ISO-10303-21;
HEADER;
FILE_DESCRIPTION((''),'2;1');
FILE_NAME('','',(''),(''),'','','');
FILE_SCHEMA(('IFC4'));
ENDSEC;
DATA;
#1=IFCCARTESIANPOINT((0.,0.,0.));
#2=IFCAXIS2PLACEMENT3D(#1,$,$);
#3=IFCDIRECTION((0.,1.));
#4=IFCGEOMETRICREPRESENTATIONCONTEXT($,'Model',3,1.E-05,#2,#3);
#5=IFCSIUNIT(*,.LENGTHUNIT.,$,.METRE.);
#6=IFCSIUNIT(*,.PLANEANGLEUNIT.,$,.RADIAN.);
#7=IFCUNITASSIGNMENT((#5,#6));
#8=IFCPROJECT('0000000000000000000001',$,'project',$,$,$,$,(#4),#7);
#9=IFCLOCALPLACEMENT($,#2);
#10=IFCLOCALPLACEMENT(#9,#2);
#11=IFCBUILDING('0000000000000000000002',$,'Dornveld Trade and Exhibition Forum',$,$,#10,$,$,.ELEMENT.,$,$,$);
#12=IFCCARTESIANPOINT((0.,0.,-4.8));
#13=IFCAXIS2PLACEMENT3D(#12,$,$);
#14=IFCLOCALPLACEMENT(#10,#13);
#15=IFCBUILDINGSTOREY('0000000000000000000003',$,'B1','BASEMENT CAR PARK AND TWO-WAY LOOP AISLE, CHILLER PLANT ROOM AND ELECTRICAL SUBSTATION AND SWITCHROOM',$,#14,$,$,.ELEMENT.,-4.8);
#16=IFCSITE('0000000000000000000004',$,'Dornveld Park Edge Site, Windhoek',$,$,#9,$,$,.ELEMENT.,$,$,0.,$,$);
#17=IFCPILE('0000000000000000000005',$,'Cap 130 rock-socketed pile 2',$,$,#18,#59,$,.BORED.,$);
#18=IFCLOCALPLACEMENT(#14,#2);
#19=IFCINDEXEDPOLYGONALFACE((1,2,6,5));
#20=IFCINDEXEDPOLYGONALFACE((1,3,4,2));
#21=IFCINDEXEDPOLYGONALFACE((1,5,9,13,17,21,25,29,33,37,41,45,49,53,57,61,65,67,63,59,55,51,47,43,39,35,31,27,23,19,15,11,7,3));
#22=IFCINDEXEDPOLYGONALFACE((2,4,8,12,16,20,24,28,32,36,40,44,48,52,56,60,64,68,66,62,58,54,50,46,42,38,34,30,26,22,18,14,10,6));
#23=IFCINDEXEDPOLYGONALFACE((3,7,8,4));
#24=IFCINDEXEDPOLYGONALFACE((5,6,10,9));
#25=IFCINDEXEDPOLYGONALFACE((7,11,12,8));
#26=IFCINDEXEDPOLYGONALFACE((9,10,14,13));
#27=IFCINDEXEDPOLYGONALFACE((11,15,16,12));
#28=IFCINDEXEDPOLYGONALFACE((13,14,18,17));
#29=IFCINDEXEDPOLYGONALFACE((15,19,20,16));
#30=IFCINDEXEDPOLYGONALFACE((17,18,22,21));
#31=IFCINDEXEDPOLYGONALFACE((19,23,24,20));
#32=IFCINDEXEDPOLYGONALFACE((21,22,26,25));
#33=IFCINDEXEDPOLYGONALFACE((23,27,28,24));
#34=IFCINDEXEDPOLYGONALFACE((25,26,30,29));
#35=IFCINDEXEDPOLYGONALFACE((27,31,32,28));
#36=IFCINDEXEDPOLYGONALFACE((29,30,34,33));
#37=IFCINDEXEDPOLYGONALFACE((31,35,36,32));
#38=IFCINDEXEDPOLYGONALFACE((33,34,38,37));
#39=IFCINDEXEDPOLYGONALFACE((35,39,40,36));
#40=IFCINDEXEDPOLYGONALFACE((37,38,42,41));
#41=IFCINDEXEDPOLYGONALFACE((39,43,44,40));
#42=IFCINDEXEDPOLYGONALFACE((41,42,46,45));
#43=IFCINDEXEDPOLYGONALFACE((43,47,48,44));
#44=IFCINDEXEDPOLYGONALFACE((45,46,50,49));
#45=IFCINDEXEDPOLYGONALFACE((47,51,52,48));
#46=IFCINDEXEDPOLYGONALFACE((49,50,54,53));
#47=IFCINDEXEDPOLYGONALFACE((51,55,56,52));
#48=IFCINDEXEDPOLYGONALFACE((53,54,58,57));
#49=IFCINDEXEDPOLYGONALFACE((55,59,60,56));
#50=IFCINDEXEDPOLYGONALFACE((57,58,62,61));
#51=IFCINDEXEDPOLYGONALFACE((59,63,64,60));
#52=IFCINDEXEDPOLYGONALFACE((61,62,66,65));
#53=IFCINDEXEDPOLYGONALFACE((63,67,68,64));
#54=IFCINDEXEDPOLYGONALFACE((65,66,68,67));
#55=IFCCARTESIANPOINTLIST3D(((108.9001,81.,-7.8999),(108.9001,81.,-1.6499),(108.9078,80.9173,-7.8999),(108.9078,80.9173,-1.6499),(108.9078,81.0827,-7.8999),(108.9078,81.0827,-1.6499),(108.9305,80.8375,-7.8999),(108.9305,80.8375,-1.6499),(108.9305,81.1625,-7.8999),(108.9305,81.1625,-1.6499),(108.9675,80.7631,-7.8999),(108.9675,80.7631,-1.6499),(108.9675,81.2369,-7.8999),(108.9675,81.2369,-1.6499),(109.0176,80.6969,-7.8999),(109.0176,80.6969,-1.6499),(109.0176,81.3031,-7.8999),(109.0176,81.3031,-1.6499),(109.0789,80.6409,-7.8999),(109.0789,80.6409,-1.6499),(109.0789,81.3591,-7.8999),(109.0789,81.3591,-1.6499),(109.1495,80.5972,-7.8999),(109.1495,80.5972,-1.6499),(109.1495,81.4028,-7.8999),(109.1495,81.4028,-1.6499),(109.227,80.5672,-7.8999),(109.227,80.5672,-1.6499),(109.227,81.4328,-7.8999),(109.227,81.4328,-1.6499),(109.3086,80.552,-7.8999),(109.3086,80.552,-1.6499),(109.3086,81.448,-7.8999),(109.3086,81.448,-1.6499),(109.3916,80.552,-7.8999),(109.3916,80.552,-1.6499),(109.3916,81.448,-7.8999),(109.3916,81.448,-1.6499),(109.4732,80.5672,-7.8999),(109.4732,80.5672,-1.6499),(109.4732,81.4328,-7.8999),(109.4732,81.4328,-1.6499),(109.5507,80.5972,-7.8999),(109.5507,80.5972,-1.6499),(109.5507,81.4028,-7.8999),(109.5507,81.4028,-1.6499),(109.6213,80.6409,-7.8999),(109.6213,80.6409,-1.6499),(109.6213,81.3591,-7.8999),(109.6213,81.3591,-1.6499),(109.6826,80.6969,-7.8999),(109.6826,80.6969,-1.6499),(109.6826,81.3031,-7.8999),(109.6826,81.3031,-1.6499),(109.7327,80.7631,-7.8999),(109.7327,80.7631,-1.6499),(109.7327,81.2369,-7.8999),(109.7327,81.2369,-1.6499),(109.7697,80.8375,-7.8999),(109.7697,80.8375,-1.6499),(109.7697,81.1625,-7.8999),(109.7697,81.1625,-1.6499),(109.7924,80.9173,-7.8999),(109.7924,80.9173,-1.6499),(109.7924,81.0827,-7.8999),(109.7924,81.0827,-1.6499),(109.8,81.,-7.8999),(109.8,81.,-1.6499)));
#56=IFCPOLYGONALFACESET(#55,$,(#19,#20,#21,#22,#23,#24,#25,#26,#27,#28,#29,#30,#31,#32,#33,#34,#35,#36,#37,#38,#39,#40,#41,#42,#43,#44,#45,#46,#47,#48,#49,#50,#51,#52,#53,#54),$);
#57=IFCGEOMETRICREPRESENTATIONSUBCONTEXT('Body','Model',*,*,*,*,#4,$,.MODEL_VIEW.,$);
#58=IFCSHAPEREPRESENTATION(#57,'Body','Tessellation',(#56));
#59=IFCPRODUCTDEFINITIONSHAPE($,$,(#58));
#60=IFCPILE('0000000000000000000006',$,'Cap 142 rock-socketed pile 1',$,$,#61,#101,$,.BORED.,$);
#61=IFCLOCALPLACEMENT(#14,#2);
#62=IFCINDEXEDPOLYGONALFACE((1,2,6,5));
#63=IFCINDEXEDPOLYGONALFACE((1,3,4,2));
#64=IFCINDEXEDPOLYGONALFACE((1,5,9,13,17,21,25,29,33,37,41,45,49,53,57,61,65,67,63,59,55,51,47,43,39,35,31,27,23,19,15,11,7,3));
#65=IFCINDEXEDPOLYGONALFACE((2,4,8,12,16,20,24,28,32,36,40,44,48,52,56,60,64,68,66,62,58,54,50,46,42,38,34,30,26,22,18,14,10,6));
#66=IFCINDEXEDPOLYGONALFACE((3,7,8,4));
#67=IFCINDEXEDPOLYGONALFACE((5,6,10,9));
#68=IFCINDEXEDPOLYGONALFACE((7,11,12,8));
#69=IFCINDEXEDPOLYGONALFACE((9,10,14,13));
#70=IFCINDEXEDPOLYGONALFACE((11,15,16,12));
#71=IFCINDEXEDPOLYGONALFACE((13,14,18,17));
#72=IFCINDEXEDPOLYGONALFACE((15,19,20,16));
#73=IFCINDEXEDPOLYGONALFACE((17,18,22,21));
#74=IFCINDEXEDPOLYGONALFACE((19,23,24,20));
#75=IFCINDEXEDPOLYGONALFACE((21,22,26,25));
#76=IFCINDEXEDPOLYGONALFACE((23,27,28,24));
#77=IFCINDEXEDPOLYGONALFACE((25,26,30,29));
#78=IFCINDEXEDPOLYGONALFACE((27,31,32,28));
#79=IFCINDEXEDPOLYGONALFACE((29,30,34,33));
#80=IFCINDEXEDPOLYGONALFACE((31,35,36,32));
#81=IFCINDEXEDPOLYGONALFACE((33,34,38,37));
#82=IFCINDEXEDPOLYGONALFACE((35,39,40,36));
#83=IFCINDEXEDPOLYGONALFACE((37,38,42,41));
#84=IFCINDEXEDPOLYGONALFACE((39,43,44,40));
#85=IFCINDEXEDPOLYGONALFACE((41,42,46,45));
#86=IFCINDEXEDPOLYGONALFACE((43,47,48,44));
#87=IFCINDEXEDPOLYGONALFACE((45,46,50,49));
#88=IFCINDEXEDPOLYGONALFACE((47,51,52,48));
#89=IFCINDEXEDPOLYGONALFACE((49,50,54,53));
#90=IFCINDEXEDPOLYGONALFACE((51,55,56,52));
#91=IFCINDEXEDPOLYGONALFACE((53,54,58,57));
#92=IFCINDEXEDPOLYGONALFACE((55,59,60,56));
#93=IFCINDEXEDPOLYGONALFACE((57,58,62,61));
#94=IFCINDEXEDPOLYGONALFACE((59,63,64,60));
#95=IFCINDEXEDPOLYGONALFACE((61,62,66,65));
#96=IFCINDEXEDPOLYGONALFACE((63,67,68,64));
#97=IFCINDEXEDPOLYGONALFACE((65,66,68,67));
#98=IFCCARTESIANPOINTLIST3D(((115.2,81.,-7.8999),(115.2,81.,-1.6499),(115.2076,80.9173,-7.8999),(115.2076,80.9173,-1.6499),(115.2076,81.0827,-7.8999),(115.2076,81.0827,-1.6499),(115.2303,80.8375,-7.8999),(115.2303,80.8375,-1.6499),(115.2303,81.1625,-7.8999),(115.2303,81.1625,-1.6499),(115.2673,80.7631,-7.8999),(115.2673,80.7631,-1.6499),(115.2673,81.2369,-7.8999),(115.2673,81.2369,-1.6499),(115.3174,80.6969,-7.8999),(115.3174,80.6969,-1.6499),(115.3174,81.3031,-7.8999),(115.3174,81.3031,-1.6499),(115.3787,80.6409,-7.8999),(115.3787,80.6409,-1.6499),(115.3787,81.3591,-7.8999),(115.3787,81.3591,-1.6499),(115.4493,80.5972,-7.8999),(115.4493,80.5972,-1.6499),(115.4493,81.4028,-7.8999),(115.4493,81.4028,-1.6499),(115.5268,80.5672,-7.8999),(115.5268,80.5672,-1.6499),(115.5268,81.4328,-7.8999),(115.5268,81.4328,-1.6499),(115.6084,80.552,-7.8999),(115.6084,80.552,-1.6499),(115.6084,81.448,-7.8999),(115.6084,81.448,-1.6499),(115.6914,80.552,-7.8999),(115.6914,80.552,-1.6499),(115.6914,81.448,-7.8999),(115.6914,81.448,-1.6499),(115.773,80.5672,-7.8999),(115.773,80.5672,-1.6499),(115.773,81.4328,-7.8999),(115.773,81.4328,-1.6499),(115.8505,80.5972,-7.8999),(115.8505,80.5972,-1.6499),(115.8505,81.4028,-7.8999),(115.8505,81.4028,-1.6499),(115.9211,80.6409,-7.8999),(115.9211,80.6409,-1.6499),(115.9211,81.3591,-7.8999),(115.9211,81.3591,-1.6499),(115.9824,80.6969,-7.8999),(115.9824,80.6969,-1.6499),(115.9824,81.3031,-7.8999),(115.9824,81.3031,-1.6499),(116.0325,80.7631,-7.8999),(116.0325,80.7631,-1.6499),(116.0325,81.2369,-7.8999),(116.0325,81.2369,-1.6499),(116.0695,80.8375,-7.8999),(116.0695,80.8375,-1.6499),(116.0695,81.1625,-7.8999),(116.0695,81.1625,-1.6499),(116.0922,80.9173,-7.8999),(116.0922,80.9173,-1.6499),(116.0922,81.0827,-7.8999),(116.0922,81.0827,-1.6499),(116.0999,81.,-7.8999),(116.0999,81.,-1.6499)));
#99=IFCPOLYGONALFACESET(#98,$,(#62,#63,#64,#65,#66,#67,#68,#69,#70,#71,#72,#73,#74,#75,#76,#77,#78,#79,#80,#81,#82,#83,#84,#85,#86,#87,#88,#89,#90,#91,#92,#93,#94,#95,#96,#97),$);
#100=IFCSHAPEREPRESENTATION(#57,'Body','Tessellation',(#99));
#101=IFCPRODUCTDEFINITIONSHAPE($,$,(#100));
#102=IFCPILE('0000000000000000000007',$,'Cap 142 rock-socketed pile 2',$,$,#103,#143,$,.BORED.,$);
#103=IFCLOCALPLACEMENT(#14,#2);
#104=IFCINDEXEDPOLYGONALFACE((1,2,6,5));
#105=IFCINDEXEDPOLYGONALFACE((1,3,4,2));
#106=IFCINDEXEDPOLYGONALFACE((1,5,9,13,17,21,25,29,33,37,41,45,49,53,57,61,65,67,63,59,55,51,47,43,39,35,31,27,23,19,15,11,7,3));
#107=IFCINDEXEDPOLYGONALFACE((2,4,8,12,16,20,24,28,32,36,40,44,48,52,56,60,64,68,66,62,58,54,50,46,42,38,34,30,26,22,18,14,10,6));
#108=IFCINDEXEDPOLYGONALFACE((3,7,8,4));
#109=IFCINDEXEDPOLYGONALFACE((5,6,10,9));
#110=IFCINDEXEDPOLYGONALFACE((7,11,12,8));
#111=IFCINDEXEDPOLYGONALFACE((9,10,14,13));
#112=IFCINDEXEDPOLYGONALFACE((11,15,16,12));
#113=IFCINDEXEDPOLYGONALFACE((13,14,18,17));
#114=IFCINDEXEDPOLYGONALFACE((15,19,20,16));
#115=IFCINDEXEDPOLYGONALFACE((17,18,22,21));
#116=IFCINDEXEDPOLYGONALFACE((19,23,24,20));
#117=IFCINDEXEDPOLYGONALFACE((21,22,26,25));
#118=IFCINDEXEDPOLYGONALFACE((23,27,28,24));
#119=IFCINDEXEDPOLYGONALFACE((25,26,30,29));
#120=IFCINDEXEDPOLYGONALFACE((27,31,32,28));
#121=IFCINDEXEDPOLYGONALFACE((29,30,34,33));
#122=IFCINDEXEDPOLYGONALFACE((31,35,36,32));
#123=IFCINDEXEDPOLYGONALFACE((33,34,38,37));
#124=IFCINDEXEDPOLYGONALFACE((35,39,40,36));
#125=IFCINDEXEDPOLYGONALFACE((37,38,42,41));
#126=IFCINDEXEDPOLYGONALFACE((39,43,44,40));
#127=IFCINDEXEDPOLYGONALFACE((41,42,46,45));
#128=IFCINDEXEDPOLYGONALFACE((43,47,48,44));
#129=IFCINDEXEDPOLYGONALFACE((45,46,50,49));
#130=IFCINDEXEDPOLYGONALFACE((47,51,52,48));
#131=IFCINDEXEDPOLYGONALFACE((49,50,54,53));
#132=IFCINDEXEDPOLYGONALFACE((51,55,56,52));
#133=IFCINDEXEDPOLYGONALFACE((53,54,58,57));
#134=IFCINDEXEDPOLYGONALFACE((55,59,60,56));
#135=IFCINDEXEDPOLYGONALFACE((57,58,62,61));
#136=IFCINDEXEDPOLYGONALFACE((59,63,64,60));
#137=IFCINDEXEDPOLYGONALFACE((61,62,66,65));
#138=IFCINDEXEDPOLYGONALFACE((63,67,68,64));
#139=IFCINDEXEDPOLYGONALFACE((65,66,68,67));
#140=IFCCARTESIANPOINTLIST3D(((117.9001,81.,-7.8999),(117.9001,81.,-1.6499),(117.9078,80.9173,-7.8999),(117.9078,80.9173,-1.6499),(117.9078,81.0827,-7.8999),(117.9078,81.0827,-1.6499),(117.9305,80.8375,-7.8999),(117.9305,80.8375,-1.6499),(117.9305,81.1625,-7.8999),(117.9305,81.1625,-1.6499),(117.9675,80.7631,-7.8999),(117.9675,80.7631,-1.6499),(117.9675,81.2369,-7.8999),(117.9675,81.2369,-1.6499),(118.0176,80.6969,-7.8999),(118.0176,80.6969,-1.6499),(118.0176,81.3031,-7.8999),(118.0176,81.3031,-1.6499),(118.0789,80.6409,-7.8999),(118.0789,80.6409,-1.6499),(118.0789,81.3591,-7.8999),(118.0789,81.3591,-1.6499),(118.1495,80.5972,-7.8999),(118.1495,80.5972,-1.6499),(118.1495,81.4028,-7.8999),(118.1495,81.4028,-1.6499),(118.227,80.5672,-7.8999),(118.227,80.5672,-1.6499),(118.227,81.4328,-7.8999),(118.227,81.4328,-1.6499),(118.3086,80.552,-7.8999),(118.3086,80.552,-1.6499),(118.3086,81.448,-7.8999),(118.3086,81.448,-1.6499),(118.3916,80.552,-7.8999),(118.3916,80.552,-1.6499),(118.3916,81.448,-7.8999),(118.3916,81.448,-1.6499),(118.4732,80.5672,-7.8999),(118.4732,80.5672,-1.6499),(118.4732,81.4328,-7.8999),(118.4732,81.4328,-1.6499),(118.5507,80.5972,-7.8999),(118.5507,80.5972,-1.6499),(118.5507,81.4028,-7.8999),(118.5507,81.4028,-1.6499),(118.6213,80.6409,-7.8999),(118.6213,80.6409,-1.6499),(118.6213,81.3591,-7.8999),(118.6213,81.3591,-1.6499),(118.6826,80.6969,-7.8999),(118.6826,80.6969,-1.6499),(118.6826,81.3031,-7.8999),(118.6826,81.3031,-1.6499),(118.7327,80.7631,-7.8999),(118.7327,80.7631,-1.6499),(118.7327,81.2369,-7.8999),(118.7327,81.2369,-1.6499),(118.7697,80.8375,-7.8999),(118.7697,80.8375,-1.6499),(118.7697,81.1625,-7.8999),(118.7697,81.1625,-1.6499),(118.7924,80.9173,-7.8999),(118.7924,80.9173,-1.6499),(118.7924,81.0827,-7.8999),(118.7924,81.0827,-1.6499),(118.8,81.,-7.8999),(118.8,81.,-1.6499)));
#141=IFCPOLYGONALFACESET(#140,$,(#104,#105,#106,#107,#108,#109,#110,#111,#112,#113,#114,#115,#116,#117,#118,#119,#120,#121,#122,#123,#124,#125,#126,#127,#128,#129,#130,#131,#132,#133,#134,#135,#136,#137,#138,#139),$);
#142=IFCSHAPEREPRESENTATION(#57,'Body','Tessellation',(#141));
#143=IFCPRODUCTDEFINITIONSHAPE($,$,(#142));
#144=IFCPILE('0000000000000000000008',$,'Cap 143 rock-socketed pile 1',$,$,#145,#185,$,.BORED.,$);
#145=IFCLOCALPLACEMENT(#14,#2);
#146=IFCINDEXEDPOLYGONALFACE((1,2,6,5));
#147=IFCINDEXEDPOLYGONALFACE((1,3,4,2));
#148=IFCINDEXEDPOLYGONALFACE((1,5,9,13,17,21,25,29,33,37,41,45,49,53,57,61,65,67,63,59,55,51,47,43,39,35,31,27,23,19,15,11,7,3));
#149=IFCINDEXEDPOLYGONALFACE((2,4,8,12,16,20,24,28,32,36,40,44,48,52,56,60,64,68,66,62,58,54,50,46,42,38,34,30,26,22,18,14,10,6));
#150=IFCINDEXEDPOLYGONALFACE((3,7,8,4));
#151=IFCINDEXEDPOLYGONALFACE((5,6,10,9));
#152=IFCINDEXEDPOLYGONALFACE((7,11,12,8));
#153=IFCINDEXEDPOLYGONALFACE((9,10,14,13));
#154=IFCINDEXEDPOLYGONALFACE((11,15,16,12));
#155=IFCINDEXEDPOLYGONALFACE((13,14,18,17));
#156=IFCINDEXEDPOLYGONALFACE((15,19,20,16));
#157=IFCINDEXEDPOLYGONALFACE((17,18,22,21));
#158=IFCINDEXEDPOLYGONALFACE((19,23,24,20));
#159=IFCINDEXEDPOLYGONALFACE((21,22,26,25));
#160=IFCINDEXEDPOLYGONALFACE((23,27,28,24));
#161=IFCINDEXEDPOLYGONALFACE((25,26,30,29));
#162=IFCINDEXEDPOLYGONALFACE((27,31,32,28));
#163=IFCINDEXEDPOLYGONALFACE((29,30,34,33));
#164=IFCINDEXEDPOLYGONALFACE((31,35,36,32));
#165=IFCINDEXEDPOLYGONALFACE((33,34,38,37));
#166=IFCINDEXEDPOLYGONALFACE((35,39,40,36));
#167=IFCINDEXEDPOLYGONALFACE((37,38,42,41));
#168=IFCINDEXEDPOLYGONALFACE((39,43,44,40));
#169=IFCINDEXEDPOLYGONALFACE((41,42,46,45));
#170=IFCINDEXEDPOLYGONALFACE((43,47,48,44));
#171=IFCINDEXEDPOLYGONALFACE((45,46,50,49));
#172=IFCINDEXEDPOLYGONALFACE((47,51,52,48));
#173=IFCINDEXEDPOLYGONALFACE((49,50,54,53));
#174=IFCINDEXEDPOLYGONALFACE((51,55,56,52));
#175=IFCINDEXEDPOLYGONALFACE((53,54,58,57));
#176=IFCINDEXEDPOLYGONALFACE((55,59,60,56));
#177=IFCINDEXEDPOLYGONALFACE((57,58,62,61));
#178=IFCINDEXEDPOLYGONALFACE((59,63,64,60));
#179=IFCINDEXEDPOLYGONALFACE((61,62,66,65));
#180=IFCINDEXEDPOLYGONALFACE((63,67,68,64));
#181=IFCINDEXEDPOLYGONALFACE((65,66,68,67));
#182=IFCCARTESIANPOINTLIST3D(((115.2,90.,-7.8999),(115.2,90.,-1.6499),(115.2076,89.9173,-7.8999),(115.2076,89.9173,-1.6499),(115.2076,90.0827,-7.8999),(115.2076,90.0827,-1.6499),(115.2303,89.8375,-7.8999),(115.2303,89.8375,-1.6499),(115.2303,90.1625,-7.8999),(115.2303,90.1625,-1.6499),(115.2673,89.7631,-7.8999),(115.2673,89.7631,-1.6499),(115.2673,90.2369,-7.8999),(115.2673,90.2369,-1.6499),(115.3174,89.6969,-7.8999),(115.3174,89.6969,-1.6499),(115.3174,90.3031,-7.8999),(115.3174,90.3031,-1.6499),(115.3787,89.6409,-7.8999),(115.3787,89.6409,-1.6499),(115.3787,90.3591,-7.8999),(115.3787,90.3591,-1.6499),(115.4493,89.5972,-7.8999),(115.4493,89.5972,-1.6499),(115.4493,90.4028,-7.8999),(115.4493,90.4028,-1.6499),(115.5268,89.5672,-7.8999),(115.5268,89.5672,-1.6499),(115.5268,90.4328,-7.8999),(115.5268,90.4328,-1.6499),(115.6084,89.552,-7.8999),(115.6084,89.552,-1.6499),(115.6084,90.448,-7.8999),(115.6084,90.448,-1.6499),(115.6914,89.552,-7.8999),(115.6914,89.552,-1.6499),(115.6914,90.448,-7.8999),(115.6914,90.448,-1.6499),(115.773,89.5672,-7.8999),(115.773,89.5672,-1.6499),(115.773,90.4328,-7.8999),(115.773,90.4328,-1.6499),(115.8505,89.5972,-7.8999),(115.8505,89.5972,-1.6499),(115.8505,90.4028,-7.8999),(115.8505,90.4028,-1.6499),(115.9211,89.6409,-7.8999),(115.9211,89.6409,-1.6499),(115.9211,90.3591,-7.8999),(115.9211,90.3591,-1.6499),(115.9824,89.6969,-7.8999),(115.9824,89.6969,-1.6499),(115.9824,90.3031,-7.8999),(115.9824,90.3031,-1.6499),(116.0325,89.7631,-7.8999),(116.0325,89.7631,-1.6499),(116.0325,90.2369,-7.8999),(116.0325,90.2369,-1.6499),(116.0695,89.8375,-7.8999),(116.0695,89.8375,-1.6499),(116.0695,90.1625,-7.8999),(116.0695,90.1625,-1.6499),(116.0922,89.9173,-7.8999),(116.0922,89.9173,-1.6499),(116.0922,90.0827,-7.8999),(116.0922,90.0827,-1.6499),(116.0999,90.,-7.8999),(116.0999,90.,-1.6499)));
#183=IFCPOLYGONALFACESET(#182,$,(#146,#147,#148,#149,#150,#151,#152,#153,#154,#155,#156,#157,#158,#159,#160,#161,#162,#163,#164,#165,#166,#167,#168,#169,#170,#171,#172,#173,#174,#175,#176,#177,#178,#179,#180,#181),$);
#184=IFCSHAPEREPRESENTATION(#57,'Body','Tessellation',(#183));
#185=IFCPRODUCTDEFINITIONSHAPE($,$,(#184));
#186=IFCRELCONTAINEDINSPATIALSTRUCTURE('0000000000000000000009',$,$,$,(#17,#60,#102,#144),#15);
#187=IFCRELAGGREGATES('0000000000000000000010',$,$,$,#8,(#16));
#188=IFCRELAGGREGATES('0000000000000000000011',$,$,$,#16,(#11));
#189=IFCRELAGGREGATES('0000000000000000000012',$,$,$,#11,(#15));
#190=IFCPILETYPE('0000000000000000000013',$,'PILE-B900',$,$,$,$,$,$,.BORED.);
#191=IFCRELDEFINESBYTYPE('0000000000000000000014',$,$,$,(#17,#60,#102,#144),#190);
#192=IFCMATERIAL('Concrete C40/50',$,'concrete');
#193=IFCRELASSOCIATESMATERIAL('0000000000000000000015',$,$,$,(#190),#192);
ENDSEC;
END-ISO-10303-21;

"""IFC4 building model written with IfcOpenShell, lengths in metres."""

from ifc_helpers import new_model, si_unit, direction, frame, origin, origin_2d, place, context, subcontext, project, spatial, circle, extrude, material, material_profile, profile_set, type_object, element, save


model = new_model("IFC4")

# Units and contexts
model_context = context("Model", 3, precision=1e-05, world=origin(), true_north=direction((0.0, 1.0)))
body_context = subcontext(model_context, "Body", "Model", "MODEL_VIEW")
ifc_project = project(units=[si_unit("LENGTHUNIT", "METRE"), si_unit("PLANEANGLEUNIT", "RADIAN")], contexts=[model_context])

# Site, building, storey
site_placement = place(None, origin())
site = spatial("IfcSite", under=ifc_project, at=site_placement, Name="Dornveld Park Edge Site, Windhoek", CompositionType="ELEMENT", RefElevation=0.0)
building_placement = place(site_placement, origin())
building = spatial("IfcBuilding", under=site, at=building_placement, Name="Dornveld Trade and Exhibition Forum", CompositionType="ELEMENT")
storey_placement = place(building_placement, frame((0.0, 0.0, -4.8)))
storey = spatial("IfcBuildingStorey", under=building, at=storey_placement, Name="B1", Description="BASEMENT CAR PARK AND TWO-WAY LOOP AISLE, CHILLER PLANT ROOM AND ELECTRICAL SUBSTATION AND SWITCHROOM", CompositionType="ELEMENT", Elevation=-4.8)

# Piles
ifc_material_1 = material(Name="Concrete C40/50", Category="concrete")
ifc_material_profile_1 = material_profile(ifc_material_1, circle(Radius=0.45, at=origin_2d()), Name="PILE D900")
ifc_profile_set_1 = profile_set([ifc_material_profile_1], Name="Concrete C40/50")
pile_type = type_object("IfcPileType", Name="PILE-B900", PredefinedType="BORED", material=ifc_profile_set_1)
for number, where, z_axis, x_axis, name in (
    (1, (109.3501, 81.0, -1.6499), (0.0, 0.0, -1.0), (1.0, 0.0, 0.0), "Cap 130 rock-socketed pile 2"),
    (2, (115.6499, 81.0, -1.6499), (0.0, 0.0, -1.0), (1.0, 0.0, 0.0), "Cap 142 rock-socketed pile 1"),
    (3, (118.3501, 81.0, -1.6499), (0.0, 0.0, -1.0), (1.0, 0.0, 0.0), "Cap 142 rock-socketed pile 2"),
    (4, (115.6499, 90.0, -1.6499), (0.0, 0.0, -1.0), (1.0, 0.0, 0.0), "Cap 143 rock-socketed pile 1"),
):
    element("IfcPile", number, at=place(storey_placement, frame(where, z_axis=z_axis, x_axis=x_axis)), inside=storey, type_object=pile_type, Name=name, PredefinedType="BORED", context=body_context, shape_type="SweptSolid", body=[
        extrude(circle(Radius=0.45, at=origin_2d()), origin(), (0.0, 0.0, 1.0), 6.25),
    ])

save(model, "model.ifc")
